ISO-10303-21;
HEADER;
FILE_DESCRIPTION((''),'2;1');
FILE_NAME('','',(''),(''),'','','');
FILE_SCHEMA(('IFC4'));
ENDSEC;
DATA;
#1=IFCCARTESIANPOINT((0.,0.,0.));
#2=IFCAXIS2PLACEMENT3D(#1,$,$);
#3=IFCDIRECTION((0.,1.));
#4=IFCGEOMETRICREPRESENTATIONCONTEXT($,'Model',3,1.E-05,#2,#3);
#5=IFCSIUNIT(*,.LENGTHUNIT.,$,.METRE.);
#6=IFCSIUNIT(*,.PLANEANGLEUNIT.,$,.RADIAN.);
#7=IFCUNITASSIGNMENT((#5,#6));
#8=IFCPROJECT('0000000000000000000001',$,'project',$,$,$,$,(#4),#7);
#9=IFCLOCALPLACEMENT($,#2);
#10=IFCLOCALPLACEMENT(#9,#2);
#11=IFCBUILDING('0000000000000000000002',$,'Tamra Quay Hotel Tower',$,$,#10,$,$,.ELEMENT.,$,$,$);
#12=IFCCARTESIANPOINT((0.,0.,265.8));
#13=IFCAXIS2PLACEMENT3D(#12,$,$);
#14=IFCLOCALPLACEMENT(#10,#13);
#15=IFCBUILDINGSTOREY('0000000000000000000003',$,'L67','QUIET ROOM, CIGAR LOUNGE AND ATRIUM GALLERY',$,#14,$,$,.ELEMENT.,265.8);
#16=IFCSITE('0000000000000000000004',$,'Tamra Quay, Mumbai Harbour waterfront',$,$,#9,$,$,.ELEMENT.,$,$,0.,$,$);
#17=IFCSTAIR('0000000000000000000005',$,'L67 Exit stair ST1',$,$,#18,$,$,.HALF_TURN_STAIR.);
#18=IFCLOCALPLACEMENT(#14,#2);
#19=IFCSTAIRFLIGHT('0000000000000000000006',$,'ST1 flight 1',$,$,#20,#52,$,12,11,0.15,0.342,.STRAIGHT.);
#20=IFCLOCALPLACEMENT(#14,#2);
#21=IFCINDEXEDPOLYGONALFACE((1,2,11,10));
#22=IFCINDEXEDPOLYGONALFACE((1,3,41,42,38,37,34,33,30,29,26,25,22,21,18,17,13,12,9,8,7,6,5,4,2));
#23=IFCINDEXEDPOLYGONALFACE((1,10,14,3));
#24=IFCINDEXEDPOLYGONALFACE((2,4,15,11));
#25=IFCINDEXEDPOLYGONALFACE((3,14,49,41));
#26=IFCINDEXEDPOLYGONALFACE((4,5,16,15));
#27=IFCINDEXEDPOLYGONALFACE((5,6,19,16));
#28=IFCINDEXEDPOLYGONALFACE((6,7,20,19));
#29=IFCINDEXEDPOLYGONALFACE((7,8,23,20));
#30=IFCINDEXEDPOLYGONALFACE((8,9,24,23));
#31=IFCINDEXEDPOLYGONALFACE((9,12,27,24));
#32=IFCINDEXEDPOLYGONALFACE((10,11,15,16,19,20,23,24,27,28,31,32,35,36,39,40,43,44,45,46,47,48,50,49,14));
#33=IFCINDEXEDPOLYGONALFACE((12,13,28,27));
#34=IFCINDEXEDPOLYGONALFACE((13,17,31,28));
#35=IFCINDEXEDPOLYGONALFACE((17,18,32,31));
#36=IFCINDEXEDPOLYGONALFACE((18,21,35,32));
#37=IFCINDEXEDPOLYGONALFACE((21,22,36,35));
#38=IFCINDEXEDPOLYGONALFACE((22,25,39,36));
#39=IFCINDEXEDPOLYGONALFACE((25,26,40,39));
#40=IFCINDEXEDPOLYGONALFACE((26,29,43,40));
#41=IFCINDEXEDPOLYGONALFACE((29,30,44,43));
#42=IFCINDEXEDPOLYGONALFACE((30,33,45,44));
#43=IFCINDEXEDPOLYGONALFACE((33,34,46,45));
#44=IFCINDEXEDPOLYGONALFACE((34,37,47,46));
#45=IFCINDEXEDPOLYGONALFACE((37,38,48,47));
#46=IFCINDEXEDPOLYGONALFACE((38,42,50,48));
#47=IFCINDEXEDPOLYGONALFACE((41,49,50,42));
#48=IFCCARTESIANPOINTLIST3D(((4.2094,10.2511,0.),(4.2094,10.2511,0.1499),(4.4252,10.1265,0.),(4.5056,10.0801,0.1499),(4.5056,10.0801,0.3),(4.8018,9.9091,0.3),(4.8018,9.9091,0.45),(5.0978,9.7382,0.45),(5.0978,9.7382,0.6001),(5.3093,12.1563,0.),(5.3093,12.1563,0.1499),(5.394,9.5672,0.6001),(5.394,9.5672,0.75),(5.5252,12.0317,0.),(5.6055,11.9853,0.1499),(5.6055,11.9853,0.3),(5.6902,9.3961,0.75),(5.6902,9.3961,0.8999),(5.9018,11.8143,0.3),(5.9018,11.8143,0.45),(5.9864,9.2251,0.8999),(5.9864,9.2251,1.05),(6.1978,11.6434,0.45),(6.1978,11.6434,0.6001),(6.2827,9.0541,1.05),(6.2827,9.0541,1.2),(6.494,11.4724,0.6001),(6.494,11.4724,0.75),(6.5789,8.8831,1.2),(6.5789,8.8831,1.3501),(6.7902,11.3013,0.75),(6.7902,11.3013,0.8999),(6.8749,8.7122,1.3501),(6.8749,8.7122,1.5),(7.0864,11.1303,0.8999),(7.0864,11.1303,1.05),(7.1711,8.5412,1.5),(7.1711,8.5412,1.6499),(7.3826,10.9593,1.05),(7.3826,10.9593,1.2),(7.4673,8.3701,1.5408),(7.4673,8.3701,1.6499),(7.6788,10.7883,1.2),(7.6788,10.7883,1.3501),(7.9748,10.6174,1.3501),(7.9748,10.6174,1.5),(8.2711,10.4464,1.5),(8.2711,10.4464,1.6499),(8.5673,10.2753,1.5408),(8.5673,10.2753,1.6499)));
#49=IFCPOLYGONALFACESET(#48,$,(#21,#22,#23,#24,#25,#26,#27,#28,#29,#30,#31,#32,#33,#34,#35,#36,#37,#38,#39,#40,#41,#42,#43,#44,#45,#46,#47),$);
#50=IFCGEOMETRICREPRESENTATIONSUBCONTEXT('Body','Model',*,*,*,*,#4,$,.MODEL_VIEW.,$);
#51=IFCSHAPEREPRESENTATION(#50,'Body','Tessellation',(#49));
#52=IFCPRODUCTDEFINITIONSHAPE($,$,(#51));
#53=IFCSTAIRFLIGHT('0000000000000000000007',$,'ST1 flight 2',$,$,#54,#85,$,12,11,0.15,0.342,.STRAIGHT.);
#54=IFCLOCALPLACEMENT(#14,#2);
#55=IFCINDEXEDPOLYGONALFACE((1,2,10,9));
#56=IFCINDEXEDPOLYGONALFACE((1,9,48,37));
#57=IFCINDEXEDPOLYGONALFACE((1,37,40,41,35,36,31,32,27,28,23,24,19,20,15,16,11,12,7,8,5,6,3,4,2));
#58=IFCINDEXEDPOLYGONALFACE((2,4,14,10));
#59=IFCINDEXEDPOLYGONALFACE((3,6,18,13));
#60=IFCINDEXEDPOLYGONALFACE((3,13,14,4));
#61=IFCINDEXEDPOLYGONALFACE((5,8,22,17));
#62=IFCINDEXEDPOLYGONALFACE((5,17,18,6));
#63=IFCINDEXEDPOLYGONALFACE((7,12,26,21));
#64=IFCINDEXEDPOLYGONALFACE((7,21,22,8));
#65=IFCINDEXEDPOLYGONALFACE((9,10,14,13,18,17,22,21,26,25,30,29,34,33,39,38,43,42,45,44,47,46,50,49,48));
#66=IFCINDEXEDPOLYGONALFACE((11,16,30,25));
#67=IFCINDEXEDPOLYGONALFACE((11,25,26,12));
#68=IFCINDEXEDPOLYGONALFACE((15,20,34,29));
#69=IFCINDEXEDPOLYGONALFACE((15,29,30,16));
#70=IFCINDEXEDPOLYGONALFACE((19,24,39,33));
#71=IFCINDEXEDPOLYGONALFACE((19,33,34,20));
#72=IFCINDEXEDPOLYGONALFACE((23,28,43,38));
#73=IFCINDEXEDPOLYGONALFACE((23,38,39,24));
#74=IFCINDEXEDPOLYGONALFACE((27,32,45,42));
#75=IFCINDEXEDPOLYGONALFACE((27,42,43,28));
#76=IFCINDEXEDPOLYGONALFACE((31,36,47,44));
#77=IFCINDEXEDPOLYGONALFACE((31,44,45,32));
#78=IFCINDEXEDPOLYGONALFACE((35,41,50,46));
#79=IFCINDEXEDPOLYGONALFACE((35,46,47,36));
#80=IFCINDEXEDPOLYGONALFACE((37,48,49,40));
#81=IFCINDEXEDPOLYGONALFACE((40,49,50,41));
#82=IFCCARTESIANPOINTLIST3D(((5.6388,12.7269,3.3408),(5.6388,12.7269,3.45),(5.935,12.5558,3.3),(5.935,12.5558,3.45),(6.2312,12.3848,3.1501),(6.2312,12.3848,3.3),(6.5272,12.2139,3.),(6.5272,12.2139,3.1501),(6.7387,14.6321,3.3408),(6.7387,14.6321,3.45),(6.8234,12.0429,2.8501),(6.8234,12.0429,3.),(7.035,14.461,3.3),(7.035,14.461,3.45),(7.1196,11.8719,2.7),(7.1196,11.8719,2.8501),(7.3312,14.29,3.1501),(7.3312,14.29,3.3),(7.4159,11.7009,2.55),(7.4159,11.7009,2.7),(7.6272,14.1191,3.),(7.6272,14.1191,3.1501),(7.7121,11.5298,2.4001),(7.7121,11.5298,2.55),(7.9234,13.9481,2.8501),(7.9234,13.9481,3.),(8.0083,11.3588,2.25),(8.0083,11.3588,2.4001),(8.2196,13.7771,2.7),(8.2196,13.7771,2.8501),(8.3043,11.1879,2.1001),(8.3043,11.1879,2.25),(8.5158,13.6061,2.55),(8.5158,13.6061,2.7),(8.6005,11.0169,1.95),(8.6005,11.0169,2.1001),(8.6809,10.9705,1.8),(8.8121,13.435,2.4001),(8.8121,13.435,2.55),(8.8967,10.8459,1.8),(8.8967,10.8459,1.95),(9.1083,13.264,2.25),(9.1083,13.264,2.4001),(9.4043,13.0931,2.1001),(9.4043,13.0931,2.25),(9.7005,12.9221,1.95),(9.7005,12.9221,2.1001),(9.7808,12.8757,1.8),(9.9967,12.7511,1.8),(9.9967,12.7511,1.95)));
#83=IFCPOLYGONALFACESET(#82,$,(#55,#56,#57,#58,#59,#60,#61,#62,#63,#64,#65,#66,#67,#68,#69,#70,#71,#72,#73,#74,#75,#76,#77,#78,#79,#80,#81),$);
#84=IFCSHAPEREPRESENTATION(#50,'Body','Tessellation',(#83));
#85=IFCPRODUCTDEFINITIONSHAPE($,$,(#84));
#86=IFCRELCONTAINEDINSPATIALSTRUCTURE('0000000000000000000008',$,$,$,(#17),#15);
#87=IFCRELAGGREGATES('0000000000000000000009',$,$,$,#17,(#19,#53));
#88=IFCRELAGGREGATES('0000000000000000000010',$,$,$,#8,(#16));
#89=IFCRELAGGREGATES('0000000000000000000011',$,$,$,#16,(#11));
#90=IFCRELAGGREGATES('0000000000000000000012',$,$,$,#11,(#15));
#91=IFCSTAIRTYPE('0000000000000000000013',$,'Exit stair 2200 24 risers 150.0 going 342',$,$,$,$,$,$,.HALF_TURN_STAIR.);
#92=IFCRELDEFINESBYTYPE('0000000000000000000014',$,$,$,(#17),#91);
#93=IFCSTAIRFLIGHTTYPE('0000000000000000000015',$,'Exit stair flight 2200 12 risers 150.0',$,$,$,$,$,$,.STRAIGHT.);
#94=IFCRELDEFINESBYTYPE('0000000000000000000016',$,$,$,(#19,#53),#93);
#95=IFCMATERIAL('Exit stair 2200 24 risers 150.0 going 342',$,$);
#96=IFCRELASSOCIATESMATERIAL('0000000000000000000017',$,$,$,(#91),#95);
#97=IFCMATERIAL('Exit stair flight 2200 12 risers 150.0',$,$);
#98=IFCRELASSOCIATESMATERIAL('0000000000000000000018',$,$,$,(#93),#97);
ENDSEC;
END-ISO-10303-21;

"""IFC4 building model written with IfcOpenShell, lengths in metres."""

from ifc_helpers import new_model, si_unit, direction, frame, origin, place, context, subcontext, project, spatial, polyline, outline, extrude, material, type_object, element, aggregate, save


model = new_model("IFC4")

# Units and contexts
model_context = context("Model", 3, precision=1e-05, world=origin(), true_north=direction((0.0, 1.0)))
body_context = subcontext(model_context, "Body", "Model", "MODEL_VIEW")
ifc_project = project(units=[si_unit("LENGTHUNIT", "METRE"), si_unit("PLANEANGLEUNIT", "RADIAN")], contexts=[model_context])

# Site, building, storey
site_placement = place(None, origin())
site = spatial("IfcSite", under=ifc_project, at=site_placement, Name="Tamra Quay, Mumbai Harbour waterfront", CompositionType="ELEMENT", RefElevation=0.0)
building_placement = place(site_placement, origin())
building = spatial("IfcBuilding", under=site, at=building_placement, Name="Tamra Quay Hotel Tower", CompositionType="ELEMENT")
storey_placement = place(building_placement, frame((0.0, 0.0, 265.8)))
storey = spatial("IfcBuildingStorey", under=building, at=storey_placement, Name="L67", Description="QUIET ROOM, CIGAR LOUNGE AND ATRIUM GALLERY", CompositionType="ELEMENT", Elevation=265.8)

# Stair, stair flights
ifc_material_1 = material(Name="Exit stair 2200 24 risers 150.0 going 342")
stair_type = type_object("IfcStairType", Name="Exit stair 2200 24 risers 150.0 going 342", PredefinedType="HALF_TURN_STAIR", material=ifc_material_1)
stair_placement = place(storey_placement, origin())
stair = element("IfcStair", 1, at=stair_placement, inside=storey, type_object=stair_type, Name="L67 Exit stair ST1", PredefinedType="HALF_TURN_STAIR")
ifc_material_2 = material(Name="Exit stair flight 2200 12 risers 150.0")
stair_flight_type = type_object("IfcStairFlightType", Name="Exit stair flight 2200 12 risers 150.0", PredefinedType="STRAIGHT", material=ifc_material_2)
stair_flight_1_placement = place(storey_placement, frame((4.7593, 11.2036, 0.0), z_axis=(0.0, 0.0, 1.0), x_axis=(0.866025, -0.5, 0.0)))
stair_flight_1 = element("IfcStairFlight", 2, at=stair_flight_1_placement, type_object=stair_flight_type, Name="ST1 flight 1", NumberOfRisers=12, NumberOfTreads=11, PredefinedType="STRAIGHT", RiserHeight=0.15, TreadLength=0.342, context=body_context, shape_type="SweptSolid", body=[
    extrude(outline(polyline([(0.0, 0.0), (0.0, 0.1499), (0.342, 0.1499), (0.342, 0.3), (0.6841, 0.3), (0.6841, 0.45), (1.0259, 0.45), (1.0259, 0.6001), (1.3679, 0.6001), (1.3679, 0.75), (1.71, 0.75), (1.71, 0.8999), (2.052, 0.8999), (2.052, 1.05), (2.394, 1.05), (2.394, 1.2), (2.7361, 1.2), (2.7361, 1.3501), (3.0779, 1.3501), (3.0779, 1.5), (3.4199, 1.5), (3.4199, 1.6499), (3.762, 1.6499), (3.762, 1.8), (3.762, 1.5408), (0.2493, 0.0), (0.0, 0.0)])), frame((0.0, 1.1001, 0.0), z_axis=(0.0, -1.0, 0.0), x_axis=(1.0, 0.0, 0.0)), (0.0, 0.0, 1.0), 2.2),
])
stair_flight_2_placement = place(storey_placement, frame((9.4468, 11.7986, 1.8), z_axis=(0.0, 0.0, 1.0), x_axis=(-0.866025, 0.5, 0.0)))
stair_flight_2 = element("IfcStairFlight", 3, at=stair_flight_2_placement, type_object=stair_flight_type, Name="ST1 flight 2", NumberOfRisers=12, NumberOfTreads=11, PredefinedType="STRAIGHT", RiserHeight=0.15, TreadLength=0.342, context=body_context, shape_type="SweptSolid", body=[
    extrude(outline(polyline([(0.0, 0.0), (0.0, 0.1499), (0.342, 0.1499), (0.342, 0.3), (0.6841, 0.3), (0.6841, 0.45), (1.0259, 0.45), (1.0259, 0.6001), (1.3679, 0.6001), (1.3679, 0.75), (1.71, 0.75), (1.71, 0.8999), (2.052, 0.8999), (2.052, 1.05), (2.394, 1.05), (2.394, 1.2), (2.7361, 1.2), (2.7361, 1.3501), (3.0779, 1.3501), (3.0779, 1.5), (3.4199, 1.5), (3.4199, 1.6499), (3.762, 1.6499), (3.762, 1.8), (3.762, 1.5408), (0.2493, 0.0), (0.0, 0.0)])), frame((0.0, 1.1001, 0.0), z_axis=(0.0, -1.0, 0.0), x_axis=(1.0, 0.0, 0.0)), (0.0, 0.0, 1.0), 2.2),
])
aggregate(stair, [stair_flight_1, stair_flight_2])

save(model, "model.ifc")
